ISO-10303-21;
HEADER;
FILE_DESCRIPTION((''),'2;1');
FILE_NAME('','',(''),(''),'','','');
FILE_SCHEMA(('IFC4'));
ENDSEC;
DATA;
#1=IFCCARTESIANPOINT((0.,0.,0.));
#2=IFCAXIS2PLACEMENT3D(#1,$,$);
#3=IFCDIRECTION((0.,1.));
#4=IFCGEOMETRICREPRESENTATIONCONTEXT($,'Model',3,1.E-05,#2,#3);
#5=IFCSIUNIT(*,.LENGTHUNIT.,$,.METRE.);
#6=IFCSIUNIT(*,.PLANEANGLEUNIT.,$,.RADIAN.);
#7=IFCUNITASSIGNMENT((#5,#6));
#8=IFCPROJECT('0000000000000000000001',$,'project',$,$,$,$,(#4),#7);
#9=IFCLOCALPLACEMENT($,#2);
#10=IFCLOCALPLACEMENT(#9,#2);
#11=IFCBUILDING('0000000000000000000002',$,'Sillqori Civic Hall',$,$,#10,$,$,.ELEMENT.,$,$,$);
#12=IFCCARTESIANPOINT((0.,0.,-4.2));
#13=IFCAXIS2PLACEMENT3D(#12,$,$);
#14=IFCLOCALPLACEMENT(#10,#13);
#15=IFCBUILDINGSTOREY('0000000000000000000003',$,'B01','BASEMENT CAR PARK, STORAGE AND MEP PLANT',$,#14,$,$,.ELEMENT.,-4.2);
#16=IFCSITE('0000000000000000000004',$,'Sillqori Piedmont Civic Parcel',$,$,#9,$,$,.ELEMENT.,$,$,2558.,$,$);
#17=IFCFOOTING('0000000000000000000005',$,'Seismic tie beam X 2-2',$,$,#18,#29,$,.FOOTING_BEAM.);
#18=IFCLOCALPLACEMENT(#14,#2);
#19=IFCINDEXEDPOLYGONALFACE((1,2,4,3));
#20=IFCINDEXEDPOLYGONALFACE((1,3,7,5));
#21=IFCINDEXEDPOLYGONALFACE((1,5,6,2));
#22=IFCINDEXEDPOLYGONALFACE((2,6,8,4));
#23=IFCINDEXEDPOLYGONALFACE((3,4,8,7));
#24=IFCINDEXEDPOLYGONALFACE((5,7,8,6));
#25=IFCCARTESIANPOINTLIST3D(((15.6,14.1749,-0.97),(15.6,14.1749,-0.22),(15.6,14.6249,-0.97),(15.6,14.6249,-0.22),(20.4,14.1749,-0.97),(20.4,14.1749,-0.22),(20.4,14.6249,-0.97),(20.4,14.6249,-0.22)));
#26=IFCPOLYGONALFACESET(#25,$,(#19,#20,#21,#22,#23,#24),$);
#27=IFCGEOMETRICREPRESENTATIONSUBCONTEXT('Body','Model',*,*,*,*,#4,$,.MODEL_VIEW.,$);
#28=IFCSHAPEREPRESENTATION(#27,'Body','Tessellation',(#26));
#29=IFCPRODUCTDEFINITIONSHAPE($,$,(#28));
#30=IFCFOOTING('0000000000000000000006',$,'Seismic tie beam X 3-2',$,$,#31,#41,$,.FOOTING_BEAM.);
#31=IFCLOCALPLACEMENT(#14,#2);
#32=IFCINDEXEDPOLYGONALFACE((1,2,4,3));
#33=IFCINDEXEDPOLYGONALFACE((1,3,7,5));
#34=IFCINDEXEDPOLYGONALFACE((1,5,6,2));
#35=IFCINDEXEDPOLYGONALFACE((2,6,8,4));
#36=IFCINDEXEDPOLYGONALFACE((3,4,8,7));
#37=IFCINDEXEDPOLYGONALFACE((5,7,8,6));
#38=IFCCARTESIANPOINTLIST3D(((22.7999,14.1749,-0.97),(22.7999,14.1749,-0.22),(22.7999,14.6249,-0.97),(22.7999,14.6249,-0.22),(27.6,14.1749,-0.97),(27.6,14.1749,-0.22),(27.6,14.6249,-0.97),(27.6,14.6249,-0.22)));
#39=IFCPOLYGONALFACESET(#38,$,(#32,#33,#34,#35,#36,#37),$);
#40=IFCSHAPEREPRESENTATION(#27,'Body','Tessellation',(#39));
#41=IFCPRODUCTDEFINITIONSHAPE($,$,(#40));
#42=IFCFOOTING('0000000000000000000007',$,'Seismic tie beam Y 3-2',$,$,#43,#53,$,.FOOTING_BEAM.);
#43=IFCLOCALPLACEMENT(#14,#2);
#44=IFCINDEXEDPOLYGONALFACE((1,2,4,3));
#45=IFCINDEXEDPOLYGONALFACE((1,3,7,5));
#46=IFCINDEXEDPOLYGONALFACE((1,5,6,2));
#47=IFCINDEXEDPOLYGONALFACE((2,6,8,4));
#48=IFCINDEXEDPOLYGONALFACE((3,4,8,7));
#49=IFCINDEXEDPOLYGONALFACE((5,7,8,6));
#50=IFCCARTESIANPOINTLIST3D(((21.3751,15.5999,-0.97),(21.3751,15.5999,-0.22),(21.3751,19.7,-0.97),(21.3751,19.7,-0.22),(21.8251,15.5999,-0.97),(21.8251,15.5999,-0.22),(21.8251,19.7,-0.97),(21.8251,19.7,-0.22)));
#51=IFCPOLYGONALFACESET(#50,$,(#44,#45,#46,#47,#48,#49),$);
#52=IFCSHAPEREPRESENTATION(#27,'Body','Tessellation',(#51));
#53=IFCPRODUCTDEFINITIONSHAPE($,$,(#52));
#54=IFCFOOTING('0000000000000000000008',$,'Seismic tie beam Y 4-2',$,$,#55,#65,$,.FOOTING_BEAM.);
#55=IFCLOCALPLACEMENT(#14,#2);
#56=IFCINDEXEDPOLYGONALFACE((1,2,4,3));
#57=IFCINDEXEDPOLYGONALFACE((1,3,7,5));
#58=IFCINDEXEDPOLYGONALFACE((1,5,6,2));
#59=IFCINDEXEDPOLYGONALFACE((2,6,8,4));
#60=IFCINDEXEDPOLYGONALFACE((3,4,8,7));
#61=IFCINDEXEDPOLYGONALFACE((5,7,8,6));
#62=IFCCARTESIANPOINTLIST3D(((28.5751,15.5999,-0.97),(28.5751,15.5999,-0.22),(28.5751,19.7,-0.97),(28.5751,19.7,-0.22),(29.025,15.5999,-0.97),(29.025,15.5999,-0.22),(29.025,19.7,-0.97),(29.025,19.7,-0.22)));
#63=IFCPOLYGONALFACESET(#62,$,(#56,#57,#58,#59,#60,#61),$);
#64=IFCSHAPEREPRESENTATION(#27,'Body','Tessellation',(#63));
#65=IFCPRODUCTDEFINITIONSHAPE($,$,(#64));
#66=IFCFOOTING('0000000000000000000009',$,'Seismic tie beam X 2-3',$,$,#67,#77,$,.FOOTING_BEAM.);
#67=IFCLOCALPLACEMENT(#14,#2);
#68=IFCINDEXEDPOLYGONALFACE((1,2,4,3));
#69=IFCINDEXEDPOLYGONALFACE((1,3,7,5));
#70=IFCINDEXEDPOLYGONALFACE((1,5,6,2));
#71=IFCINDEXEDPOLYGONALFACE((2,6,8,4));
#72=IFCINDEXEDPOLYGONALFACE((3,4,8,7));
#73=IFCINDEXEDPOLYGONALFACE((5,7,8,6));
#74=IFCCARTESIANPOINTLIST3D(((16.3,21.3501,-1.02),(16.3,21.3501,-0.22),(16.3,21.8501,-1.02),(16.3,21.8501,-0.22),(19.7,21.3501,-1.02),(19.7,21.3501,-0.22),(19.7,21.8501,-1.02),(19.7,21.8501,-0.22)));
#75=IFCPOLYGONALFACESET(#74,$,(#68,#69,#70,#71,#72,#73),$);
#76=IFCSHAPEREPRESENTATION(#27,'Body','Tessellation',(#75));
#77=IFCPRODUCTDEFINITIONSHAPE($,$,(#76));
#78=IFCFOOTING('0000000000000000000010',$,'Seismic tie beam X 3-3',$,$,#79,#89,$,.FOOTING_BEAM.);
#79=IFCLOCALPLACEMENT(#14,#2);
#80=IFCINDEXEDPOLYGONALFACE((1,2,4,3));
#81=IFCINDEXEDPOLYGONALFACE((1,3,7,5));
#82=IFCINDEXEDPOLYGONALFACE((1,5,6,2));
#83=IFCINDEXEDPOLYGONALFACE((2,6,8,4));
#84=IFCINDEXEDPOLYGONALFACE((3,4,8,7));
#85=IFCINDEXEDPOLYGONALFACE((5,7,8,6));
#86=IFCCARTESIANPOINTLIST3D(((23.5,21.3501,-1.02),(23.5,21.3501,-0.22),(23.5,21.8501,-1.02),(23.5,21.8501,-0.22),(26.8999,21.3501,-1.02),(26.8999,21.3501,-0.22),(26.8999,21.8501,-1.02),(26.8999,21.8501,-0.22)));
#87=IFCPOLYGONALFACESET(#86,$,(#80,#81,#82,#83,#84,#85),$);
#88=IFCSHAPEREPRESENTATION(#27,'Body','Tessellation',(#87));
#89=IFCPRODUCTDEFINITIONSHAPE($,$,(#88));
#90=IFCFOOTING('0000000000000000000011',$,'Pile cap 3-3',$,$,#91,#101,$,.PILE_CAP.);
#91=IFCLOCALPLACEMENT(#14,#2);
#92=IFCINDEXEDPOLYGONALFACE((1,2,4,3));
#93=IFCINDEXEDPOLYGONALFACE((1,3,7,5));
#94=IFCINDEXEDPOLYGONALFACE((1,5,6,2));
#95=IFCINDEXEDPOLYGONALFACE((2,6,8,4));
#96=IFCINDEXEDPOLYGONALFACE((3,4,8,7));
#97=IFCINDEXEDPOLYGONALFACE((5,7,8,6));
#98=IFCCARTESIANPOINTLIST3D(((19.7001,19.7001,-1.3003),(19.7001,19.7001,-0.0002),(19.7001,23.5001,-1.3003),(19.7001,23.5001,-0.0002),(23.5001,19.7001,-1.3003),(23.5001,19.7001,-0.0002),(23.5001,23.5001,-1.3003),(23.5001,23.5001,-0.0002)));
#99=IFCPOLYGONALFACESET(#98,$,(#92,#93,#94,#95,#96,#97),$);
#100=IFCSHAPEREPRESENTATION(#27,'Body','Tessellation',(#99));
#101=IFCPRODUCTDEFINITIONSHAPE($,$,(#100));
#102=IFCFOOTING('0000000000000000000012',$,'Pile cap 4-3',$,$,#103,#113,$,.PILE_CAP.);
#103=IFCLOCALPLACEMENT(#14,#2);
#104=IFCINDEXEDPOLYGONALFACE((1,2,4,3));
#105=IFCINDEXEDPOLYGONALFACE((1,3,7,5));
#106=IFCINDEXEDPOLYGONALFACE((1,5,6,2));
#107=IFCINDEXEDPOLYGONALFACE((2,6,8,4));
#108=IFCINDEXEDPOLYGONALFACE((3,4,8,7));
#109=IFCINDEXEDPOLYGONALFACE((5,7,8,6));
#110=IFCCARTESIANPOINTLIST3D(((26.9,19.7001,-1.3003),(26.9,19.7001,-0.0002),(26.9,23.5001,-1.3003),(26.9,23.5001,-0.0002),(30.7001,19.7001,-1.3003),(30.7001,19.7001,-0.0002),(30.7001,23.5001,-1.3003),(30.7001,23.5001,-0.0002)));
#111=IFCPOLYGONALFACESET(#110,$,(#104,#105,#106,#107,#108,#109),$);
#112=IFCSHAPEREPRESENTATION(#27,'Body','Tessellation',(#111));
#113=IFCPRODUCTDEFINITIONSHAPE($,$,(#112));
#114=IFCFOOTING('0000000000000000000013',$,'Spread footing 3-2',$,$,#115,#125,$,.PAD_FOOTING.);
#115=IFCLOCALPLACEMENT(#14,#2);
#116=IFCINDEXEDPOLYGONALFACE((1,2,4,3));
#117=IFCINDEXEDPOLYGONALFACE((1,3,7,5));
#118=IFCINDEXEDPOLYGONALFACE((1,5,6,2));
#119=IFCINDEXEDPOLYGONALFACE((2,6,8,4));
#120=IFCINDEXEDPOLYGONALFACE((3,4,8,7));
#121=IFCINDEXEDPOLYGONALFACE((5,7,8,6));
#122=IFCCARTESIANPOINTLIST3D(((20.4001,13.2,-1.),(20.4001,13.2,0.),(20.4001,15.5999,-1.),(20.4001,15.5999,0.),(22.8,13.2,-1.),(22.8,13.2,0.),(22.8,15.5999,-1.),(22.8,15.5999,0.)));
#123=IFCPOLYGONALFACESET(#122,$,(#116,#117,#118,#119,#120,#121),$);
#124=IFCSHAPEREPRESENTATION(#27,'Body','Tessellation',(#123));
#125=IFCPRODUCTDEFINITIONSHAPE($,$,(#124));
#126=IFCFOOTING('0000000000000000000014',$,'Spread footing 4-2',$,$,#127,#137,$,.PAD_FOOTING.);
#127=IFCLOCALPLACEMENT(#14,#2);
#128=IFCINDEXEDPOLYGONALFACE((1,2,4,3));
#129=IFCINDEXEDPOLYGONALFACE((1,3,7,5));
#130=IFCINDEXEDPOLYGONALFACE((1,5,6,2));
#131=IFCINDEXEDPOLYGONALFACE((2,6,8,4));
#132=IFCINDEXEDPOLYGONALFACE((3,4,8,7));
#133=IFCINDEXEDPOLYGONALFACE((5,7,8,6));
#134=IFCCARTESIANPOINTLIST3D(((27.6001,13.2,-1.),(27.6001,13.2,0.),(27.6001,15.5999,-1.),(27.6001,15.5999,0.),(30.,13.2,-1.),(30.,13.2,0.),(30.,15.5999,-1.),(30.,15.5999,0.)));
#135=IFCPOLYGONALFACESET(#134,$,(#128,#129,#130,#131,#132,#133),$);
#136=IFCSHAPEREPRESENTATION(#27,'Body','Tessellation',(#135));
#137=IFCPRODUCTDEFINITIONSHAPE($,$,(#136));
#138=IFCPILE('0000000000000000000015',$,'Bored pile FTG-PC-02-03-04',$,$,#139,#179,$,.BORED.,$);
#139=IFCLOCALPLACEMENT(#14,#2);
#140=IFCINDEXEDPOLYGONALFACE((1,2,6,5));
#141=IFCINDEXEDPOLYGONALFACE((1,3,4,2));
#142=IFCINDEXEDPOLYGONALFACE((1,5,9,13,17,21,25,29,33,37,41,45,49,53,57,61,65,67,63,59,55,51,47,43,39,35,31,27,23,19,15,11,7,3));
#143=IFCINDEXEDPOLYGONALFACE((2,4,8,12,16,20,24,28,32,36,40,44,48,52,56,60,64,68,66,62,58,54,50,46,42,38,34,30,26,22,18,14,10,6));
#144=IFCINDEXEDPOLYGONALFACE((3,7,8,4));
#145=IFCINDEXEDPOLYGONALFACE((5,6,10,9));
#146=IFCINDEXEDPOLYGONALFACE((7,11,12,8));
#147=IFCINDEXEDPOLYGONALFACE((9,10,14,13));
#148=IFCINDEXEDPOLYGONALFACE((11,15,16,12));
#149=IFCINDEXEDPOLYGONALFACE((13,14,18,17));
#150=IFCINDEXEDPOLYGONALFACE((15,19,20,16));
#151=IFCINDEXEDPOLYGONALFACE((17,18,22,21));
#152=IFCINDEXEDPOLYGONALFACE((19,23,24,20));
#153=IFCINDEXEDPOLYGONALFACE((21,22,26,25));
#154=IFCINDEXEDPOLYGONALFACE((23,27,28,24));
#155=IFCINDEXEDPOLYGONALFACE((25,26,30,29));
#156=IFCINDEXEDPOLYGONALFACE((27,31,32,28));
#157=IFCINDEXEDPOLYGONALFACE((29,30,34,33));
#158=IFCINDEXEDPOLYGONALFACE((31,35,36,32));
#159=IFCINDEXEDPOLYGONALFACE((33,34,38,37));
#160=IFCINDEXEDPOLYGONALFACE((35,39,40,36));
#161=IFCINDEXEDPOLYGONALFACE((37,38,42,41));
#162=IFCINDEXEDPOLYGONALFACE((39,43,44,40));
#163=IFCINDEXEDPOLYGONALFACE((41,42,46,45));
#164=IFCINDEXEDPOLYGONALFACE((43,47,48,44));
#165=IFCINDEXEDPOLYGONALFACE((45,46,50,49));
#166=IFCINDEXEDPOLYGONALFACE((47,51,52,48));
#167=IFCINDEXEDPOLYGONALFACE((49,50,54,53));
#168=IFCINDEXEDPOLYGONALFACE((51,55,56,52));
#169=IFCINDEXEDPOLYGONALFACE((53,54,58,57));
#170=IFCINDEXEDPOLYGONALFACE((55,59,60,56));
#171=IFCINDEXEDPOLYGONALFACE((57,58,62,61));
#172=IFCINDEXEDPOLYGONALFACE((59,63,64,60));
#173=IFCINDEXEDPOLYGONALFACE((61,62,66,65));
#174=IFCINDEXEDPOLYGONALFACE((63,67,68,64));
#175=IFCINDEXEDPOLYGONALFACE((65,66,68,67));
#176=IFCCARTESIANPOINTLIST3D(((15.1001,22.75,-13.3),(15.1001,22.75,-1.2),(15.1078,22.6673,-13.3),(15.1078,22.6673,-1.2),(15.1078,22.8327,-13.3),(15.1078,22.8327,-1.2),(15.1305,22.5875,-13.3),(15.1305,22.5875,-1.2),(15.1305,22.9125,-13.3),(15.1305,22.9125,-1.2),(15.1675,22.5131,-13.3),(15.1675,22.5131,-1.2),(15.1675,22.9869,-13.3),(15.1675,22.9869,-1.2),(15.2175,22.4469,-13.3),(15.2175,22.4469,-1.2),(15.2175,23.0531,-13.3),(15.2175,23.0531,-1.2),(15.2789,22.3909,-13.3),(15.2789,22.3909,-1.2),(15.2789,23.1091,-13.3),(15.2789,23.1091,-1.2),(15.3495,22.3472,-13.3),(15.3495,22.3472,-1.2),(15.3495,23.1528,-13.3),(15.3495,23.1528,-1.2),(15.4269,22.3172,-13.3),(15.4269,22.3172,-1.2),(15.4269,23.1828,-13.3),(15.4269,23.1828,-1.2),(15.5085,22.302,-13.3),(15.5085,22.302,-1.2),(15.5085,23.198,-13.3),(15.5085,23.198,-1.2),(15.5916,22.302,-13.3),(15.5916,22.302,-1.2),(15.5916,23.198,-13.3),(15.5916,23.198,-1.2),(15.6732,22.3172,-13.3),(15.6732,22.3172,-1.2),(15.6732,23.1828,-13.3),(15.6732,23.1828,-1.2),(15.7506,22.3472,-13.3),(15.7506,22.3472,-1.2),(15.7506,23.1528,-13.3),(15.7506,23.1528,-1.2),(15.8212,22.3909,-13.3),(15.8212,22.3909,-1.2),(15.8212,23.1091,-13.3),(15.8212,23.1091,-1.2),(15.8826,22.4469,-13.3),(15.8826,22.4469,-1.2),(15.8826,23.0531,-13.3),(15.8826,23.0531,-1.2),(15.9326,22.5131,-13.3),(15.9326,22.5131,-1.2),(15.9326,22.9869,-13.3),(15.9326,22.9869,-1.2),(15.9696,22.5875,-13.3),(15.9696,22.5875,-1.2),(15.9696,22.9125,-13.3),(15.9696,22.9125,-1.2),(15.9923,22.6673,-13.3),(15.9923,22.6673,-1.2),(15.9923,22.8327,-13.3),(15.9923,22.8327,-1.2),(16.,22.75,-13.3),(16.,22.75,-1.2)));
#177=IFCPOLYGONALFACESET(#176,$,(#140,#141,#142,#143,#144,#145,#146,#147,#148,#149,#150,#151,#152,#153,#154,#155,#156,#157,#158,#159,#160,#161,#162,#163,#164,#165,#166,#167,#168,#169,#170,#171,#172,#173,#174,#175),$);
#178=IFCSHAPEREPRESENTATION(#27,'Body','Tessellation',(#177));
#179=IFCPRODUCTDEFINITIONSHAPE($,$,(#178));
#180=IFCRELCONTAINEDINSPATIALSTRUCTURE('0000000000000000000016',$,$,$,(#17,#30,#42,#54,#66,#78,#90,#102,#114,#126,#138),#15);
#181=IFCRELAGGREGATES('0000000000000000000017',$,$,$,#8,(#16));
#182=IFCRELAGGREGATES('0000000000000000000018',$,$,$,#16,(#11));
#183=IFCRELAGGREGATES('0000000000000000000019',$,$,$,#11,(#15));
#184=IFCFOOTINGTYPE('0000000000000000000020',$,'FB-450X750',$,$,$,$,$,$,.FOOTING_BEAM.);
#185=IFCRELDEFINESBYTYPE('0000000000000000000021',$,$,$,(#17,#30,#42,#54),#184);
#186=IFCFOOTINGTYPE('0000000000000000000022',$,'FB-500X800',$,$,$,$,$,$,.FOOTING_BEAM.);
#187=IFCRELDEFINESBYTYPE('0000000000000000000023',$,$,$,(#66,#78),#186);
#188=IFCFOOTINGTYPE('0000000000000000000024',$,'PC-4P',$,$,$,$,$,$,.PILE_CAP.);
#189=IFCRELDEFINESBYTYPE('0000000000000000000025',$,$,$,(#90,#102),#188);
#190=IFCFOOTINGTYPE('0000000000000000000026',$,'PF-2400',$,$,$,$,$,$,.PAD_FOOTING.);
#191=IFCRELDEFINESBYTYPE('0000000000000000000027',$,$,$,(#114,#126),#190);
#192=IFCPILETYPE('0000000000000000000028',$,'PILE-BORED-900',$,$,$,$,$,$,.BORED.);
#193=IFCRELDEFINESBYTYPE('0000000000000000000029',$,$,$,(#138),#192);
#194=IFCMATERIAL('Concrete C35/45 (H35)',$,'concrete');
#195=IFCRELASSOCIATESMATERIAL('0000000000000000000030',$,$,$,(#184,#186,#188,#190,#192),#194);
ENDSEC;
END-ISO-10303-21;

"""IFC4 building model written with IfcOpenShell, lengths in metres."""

from ifc_helpers import new_model, si_unit, direction, frame, origin, origin_2d, place, context, subcontext, project, spatial, rectangle, circle, extrude, material, material_profile, profile_set, type_object, element, save


model = new_model("IFC4")

# Units and contexts
model_context = context("Model", 3, precision=1e-05, world=origin(), true_north=direction((0.0, 1.0)))
body_context = subcontext(model_context, "Body", "Model", "MODEL_VIEW")
ifc_project = project(units=[si_unit("LENGTHUNIT", "METRE"), si_unit("PLANEANGLEUNIT", "RADIAN")], contexts=[model_context])

# Site, building, storey
site_placement = place(None, origin())
site = spatial("IfcSite", under=ifc_project, at=site_placement, Name="Sillqori Piedmont Civic Parcel", CompositionType="ELEMENT", RefElevation=2558.0)
building_placement = place(site_placement, origin())
building = spatial("IfcBuilding", under=site, at=building_placement, Name="Sillqori Civic Hall", CompositionType="ELEMENT")
storey_placement = place(building_placement, frame((0.0, 0.0, -4.2)))
storey = spatial("IfcBuildingStorey", under=building, at=storey_placement, Name="B01", Description="BASEMENT CAR PARK, STORAGE AND MEP PLANT", CompositionType="ELEMENT", Elevation=-4.2)

# Footings
ifc_material = material(Name="Concrete C35/45 (H35)", Category="concrete")
footing_type_1 = type_object("IfcFootingType", Name="FB-450X750", PredefinedType="FOOTING_BEAM", material=ifc_material)
for number, where, z_axis, x_axis, name in (
    (1, (18.0, 14.3999, -0.97), (0.0, 0.0, 1.0), (1.0, 0.0, 0.0), "Seismic tie beam X 2-2"),
    (2, (25.2, 14.3999, -0.97), (0.0, 0.0, 1.0), (1.0, 0.0, 0.0), "Seismic tie beam X 3-2"),
):
    element("IfcFooting", number, at=place(storey_placement, frame(where, z_axis=z_axis, x_axis=x_axis)), inside=storey, type_object=footing_type_1, Name=name, PredefinedType="FOOTING_BEAM", context=body_context, shape_type="SweptSolid", body=[
        extrude(rectangle(XDim=4.8, YDim=0.45, at=origin_2d()), origin(), (0.0, 0.0, 1.0), 0.75),
    ])
for number, where, z_axis, x_axis, name in (
    (3, (21.6001, 17.6499, -0.97), (0.0, 0.0, 1.0), (1.0, 0.0, 0.0), "Seismic tie beam Y 3-2"),
    (4, (28.8, 17.6499, -0.97), (0.0, 0.0, 1.0), (1.0, 0.0, 0.0), "Seismic tie beam Y 4-2"),
):
    element("IfcFooting", number, at=place(storey_placement, frame(where, z_axis=z_axis, x_axis=x_axis)), inside=storey, type_object=footing_type_1, Name=name, PredefinedType="FOOTING_BEAM", context=body_context, shape_type="SweptSolid", body=[
        extrude(rectangle(XDim=0.45, YDim=4.1001, at=origin_2d()), origin(), (0.0, 0.0, 1.0), 0.75),
    ])
footing_type_2 = type_object("IfcFootingType", Name="FB-500X800", PredefinedType="FOOTING_BEAM", material=ifc_material)
for number, where, z_axis, x_axis, name in (
    (5, (18.0, 21.6001, -1.02), (0.0, 0.0, 1.0), (1.0, 0.0, 0.0), "Seismic tie beam X 2-3"),
    (6, (25.2, 21.6001, -1.02), (0.0, 0.0, 1.0), (1.0, 0.0, 0.0), "Seismic tie beam X 3-3"),
):
    element("IfcFooting", number, at=place(storey_placement, frame(where, z_axis=z_axis, x_axis=x_axis)), inside=storey, type_object=footing_type_2, Name=name, PredefinedType="FOOTING_BEAM", context=body_context, shape_type="SweptSolid", body=[
        extrude(rectangle(XDim=3.3999, YDim=0.5, at=origin_2d()), origin(), (0.0, 0.0, 1.0), 0.8),
    ])
footing_type_3 = type_object("IfcFootingType", Name="PC-4P", PredefinedType="PILE_CAP", material=ifc_material)
for number, where, z_axis, x_axis, name in (
    (7, (21.6001, 21.6001, -1.3003), (0.0, 0.0, 1.0), (1.0, 0.0, 0.0), "Pile cap 3-3"),
    (8, (28.8, 21.6001, -1.3003), (0.0, 0.0, 1.0), (1.0, 0.0, 0.0), "Pile cap 4-3"),
):
    element("IfcFooting", number, at=place(storey_placement, frame(where, z_axis=z_axis, x_axis=x_axis)), inside=storey, type_object=footing_type_3, Name=name, PredefinedType="PILE_CAP", context=body_context, shape_type="SweptSolid", body=[
        extrude(rectangle(XDim=3.8, YDim=3.8, at=origin_2d()), origin(), (0.0, 0.0, 1.0), 1.3),
    ])
footing_type_4 = type_object("IfcFootingType", Name="PF-2400", PredefinedType="PAD_FOOTING", material=ifc_material)
for number, where, z_axis, x_axis, name in (
    (9, (21.6001, 14.3999, -1.0), (0.0, 0.0, 1.0), (1.0, 0.0, 0.0), "Spread footing 3-2"),
    (10, (28.8, 14.3999, -1.0), (0.0, 0.0, 1.0), (1.0, 0.0, 0.0), "Spread footing 4-2"),
):
    element("IfcFooting", number, at=place(storey_placement, frame(where, z_axis=z_axis, x_axis=x_axis)), inside=storey, type_object=footing_type_4, Name=name, PredefinedType="PAD_FOOTING", context=body_context, shape_type="SweptSolid", body=[
        extrude(rectangle(XDim=2.3999, YDim=2.3999, at=origin_2d()), origin(), (0.0, 0.0, 1.0), 1.0),
    ])

# Pile
ifc_material_profile_1 = material_profile(ifc_material, circle(Radius=0.45, at=origin_2d()), Name="BORED PILE 900")
ifc_profile_set_1 = profile_set([ifc_material_profile_1], Name="Concrete C35/45 (H35)")
pile_type = type_object("IfcPileType", Name="PILE-BORED-900", PredefinedType="BORED", material=ifc_profile_set_1)
for number, where, z_axis, x_axis, name in (
    (11, (15.55, 22.75, -1.2), (0.0, 0.0, -1.0), (1.0, 0.0, 0.0), "Bored pile FTG-PC-02-03-04"),
):
    element("IfcPile", number, at=place(storey_placement, frame(where, z_axis=z_axis, x_axis=x_axis)), inside=storey, type_object=pile_type, Name=name, PredefinedType="BORED", context=body_context, shape_type="SweptSolid", body=[
        extrude(circle(Radius=0.45, at=origin_2d()), origin(), (0.0, 0.0, 1.0), 12.1001),
    ])

save(model, "model.ifc")
